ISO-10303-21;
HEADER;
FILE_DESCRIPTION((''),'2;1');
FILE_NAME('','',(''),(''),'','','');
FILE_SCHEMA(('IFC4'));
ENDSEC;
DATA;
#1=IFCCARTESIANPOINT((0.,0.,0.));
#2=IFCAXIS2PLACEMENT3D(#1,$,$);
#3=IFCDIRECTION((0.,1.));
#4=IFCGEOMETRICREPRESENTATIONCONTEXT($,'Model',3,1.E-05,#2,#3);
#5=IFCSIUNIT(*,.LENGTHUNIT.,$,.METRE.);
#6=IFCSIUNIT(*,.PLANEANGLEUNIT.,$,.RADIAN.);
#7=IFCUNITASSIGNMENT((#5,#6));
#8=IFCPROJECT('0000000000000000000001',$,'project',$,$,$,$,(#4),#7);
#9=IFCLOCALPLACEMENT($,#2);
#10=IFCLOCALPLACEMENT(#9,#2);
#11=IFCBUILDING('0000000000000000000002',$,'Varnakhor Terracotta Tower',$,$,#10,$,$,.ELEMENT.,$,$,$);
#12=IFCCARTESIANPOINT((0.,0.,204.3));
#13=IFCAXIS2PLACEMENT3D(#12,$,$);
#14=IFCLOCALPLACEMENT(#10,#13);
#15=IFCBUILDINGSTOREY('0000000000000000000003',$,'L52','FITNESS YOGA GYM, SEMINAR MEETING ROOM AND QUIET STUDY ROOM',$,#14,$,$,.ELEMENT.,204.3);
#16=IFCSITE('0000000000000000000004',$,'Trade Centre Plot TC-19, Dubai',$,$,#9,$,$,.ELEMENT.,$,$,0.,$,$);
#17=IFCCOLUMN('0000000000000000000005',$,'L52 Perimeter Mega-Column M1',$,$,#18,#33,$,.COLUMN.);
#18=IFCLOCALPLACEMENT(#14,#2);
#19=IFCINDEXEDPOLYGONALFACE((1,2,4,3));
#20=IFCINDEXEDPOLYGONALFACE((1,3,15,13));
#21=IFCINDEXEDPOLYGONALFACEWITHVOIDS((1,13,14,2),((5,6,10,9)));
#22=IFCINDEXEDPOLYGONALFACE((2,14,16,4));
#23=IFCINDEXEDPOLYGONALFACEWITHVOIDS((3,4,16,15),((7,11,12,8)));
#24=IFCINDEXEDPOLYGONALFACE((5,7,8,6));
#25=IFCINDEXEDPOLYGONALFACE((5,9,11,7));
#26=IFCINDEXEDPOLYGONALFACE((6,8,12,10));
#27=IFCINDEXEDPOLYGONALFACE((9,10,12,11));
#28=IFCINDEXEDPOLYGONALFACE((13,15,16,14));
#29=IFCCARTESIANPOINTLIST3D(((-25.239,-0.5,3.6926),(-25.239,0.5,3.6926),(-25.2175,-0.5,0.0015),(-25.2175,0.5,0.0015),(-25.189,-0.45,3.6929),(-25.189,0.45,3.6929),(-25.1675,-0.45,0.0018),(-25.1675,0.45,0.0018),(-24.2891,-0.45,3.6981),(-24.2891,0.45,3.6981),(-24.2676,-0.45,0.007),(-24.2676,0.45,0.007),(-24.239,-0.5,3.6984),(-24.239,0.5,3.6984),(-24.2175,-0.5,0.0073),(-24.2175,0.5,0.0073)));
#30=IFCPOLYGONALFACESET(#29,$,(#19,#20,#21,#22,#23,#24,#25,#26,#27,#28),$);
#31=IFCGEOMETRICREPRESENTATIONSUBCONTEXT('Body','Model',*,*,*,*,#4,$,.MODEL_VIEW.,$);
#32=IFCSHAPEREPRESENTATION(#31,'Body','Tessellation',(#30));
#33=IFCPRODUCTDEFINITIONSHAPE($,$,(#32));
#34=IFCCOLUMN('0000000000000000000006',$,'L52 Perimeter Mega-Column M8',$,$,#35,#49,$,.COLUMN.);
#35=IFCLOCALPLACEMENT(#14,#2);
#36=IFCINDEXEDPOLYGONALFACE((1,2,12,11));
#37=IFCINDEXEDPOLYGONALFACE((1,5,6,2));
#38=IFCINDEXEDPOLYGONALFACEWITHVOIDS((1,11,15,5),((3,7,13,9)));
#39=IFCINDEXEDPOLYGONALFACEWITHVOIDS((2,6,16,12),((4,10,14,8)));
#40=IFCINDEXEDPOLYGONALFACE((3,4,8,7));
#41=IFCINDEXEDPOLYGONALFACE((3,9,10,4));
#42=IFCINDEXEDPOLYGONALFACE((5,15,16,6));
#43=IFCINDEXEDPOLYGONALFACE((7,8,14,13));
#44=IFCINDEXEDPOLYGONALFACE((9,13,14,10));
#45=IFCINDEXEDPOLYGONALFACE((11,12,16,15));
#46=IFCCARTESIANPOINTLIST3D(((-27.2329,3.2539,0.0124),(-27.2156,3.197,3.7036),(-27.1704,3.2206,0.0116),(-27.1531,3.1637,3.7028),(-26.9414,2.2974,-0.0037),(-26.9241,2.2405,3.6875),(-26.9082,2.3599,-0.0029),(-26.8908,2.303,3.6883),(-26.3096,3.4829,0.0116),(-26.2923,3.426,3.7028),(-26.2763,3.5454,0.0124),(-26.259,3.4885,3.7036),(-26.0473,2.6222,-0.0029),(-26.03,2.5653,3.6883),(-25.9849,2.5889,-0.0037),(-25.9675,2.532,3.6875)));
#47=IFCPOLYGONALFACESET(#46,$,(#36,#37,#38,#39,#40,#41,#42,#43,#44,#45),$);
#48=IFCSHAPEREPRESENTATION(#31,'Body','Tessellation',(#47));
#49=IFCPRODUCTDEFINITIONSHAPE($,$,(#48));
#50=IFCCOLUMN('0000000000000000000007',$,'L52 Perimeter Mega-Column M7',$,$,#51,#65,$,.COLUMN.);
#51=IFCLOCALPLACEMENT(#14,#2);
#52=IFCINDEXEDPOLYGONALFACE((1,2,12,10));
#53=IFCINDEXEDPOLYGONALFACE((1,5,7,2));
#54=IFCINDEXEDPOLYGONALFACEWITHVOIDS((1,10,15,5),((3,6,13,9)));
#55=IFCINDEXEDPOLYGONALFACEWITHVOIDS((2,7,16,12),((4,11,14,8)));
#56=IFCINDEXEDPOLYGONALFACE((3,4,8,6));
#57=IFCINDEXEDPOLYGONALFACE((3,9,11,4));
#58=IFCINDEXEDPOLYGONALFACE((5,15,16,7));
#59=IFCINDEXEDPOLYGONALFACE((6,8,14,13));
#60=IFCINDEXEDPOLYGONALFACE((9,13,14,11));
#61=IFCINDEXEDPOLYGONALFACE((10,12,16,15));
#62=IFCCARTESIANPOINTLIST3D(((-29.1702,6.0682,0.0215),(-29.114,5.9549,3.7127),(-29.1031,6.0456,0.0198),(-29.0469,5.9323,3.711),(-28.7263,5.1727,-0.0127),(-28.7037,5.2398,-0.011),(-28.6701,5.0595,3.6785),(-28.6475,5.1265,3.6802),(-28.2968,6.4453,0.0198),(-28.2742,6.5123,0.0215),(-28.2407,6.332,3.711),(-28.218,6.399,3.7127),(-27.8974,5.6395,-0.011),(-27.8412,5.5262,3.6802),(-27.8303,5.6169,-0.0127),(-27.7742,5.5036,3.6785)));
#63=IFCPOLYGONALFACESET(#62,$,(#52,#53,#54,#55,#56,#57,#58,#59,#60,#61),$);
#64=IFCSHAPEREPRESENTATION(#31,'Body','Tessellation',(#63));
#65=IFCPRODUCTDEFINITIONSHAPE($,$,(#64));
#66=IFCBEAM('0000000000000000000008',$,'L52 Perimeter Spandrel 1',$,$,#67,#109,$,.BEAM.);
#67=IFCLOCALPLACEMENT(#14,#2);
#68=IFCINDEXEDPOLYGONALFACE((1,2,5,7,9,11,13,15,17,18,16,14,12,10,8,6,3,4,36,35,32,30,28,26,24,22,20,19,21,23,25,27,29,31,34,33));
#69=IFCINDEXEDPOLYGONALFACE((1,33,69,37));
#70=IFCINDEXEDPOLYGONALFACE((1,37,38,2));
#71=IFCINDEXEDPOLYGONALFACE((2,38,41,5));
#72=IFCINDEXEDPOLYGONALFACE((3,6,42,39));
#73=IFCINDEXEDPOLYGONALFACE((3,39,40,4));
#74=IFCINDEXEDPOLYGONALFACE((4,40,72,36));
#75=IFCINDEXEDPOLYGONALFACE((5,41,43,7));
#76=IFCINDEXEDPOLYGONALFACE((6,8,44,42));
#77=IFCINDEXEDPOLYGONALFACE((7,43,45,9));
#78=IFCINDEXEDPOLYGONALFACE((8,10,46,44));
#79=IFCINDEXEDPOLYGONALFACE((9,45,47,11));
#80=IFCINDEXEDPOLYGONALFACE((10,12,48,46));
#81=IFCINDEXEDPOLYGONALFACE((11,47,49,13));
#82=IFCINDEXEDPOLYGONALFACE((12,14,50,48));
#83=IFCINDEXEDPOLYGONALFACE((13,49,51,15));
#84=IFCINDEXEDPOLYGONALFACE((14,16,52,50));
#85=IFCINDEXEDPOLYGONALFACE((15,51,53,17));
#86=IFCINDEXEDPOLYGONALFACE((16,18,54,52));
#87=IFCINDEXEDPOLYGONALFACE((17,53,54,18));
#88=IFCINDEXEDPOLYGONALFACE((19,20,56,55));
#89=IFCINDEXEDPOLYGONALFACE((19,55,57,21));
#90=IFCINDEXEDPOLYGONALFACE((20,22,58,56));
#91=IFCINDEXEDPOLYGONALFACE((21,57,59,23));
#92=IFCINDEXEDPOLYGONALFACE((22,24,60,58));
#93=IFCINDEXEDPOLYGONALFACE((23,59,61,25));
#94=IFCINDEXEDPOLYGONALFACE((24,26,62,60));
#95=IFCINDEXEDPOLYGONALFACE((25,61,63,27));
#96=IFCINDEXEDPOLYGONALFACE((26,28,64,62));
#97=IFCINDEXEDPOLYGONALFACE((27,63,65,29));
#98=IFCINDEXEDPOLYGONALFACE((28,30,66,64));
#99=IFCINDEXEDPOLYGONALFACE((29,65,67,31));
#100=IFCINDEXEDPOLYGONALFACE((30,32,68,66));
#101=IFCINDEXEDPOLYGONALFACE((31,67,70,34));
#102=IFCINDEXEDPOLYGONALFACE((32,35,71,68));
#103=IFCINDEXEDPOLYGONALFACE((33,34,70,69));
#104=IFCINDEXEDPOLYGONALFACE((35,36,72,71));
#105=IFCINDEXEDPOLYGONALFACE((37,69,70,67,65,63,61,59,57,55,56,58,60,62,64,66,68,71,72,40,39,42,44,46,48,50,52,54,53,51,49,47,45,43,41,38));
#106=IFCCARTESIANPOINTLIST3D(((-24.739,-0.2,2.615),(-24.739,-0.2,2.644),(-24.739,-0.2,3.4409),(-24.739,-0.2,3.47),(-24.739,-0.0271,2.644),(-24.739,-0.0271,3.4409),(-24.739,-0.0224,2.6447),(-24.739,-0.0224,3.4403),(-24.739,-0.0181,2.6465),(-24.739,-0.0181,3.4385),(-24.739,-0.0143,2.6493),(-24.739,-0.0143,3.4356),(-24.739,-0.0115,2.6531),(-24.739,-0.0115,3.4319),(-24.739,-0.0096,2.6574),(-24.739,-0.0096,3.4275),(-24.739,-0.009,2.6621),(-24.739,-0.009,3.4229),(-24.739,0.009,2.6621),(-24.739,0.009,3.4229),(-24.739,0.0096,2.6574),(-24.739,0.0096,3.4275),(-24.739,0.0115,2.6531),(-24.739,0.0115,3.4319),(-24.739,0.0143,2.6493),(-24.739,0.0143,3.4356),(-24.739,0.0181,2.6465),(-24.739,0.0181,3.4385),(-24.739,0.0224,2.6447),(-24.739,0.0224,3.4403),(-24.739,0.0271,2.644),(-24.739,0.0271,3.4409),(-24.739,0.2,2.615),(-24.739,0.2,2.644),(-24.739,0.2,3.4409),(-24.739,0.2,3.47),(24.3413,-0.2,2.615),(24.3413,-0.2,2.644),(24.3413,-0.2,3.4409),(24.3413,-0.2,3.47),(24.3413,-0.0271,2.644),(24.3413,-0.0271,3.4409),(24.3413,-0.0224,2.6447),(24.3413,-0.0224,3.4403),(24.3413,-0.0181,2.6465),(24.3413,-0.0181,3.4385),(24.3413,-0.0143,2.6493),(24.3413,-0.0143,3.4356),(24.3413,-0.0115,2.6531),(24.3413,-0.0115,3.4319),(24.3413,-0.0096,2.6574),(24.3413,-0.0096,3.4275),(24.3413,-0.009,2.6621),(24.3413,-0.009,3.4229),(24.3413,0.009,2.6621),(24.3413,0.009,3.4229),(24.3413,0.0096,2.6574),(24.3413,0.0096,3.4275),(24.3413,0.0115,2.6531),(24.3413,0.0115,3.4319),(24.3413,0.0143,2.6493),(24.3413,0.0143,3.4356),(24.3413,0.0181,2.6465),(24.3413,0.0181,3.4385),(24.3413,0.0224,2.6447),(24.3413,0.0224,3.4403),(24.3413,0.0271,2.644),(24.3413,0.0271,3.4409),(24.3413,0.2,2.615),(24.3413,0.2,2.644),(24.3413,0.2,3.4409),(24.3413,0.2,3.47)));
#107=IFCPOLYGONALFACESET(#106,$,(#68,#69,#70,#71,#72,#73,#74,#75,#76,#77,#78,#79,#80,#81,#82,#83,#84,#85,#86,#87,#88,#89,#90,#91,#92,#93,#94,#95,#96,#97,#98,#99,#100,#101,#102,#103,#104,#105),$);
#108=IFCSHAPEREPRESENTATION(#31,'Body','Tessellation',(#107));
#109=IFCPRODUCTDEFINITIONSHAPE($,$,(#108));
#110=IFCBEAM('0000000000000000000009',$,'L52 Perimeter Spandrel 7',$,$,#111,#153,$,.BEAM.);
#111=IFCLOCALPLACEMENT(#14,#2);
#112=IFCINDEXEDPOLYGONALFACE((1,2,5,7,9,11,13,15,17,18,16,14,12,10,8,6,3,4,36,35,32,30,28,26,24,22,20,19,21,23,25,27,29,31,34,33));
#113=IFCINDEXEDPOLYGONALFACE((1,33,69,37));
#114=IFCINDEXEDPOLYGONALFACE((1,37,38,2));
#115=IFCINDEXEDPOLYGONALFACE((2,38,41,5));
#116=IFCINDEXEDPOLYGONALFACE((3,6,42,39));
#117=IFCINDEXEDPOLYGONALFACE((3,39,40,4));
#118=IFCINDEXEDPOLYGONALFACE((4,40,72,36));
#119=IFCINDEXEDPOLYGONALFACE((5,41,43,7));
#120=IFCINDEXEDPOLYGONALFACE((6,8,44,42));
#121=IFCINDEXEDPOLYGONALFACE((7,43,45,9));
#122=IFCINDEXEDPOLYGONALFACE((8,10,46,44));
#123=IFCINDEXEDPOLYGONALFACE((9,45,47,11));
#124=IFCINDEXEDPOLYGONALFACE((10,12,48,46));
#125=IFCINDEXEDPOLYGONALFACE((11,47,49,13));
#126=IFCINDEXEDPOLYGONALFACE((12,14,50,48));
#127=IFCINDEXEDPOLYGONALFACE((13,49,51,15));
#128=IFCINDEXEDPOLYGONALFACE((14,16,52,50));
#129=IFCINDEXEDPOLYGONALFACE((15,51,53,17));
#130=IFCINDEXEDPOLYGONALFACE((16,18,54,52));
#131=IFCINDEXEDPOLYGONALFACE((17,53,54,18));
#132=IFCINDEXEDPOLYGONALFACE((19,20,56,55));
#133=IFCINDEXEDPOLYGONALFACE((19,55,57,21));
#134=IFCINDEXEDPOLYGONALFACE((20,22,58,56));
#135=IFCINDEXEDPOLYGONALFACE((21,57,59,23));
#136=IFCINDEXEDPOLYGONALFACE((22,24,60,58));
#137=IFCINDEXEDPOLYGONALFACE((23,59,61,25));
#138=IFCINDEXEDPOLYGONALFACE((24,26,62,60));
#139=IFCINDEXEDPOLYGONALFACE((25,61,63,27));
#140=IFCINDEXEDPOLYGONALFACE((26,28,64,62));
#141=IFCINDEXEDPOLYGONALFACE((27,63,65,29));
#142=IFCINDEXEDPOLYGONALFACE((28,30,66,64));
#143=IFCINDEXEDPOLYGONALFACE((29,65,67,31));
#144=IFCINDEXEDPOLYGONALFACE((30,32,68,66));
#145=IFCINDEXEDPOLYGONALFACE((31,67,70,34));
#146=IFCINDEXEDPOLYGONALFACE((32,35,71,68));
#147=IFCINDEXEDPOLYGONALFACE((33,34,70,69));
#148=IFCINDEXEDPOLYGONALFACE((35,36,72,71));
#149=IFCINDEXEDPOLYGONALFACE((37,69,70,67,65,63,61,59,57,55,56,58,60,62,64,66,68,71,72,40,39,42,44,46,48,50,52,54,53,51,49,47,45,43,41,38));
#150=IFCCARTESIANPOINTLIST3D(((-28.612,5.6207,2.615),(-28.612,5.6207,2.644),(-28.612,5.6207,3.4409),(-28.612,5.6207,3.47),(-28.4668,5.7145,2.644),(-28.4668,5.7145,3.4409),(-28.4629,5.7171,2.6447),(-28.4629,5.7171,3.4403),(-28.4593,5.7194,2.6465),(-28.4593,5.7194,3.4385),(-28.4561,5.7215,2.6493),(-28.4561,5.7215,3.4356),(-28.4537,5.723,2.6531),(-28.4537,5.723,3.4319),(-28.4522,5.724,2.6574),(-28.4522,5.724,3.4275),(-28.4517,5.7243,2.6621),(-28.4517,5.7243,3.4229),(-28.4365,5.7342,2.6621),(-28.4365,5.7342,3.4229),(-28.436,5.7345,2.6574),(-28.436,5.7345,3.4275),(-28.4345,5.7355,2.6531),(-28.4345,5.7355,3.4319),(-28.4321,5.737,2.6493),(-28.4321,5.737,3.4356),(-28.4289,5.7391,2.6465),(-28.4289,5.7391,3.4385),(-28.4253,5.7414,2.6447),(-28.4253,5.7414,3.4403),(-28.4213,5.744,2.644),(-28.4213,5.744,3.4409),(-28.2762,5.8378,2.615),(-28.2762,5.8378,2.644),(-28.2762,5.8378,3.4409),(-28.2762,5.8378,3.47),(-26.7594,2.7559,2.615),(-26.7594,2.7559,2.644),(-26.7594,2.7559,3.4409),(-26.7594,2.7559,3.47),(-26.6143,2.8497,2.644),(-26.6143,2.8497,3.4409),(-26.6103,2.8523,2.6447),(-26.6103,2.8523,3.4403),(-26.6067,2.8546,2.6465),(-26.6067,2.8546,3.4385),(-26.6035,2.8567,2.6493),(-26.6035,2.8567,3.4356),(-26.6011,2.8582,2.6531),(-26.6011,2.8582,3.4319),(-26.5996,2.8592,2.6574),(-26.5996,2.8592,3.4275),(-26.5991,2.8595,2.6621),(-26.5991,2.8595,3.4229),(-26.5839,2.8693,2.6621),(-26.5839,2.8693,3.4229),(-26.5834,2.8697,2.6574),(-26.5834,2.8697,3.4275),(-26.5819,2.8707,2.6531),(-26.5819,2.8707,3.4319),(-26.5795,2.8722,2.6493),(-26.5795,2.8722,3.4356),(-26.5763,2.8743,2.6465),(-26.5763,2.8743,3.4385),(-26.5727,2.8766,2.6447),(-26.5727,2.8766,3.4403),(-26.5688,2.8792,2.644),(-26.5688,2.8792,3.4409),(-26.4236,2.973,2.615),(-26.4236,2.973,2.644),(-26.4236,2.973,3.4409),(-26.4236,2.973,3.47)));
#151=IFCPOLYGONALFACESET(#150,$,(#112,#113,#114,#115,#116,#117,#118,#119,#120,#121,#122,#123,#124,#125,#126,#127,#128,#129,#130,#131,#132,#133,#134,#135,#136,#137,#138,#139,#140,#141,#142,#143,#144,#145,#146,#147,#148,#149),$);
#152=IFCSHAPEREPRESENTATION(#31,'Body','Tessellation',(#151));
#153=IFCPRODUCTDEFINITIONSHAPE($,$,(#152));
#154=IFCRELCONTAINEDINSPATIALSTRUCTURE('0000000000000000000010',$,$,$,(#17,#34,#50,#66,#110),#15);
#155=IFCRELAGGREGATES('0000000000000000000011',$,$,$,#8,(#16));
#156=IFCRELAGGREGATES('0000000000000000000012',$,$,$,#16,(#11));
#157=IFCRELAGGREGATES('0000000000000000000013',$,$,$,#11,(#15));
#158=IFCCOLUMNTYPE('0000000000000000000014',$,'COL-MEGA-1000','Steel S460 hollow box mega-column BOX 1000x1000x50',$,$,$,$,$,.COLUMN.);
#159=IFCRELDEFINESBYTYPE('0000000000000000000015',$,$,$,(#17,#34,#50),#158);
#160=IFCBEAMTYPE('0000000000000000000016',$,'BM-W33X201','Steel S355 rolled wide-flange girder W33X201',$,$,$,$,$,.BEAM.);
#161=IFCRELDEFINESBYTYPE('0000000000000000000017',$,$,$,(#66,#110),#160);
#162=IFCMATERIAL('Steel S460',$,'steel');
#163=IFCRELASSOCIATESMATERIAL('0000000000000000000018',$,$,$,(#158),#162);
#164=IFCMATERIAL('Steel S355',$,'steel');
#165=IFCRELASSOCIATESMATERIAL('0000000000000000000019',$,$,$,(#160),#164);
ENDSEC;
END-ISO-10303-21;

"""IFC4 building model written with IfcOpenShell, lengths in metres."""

from ifc_helpers import new_model, si_unit, direction, frame, origin, origin_2d, place, context, subcontext, project, spatial, hollow_rectangle, i_section, extrude, source, transform, mapped, material, material_profile, profile_set, type_object, element, save


model = new_model("IFC4")

# Units and contexts
model_context = context("Model", 3, precision=1e-05, world=origin(), true_north=direction((0.0, 1.0)))
body_context = subcontext(model_context, "Body", "Model", "MODEL_VIEW")
ifc_project = project(units=[si_unit("LENGTHUNIT", "METRE"), si_unit("PLANEANGLEUNIT", "RADIAN")], contexts=[model_context])

# Site, building, storey
site_placement = place(None, origin())
site = spatial("IfcSite", under=ifc_project, at=site_placement, Name="Trade Centre Plot TC-19, Dubai", CompositionType="ELEMENT", RefElevation=0.0)
building_placement = place(site_placement, origin())
building = spatial("IfcBuilding", under=site, at=building_placement, Name="Varnakhor Terracotta Tower", CompositionType="ELEMENT")
storey_placement = place(building_placement, frame((0.0, 0.0, 204.3)))
storey = spatial("IfcBuildingStorey", under=building, at=storey_placement, Name="L52", Description="FITNESS YOGA GYM, SEMINAR MEETING ROOM AND QUIET STUDY ROOM", CompositionType="ELEMENT", Elevation=204.3)

# Columns
ifc_material_1 = material(Name="Steel S460", Category="steel")
ifc_material_profile_1 = material_profile(ifc_material_1, hollow_rectangle(XDim=1.0, YDim=1.0, WallThickness=0.05, at=origin_2d()), Name="BOX 1000x1000x50")
ifc_profile_set_1 = profile_set([ifc_material_profile_1], Name="Steel S460")
column_type = type_object("IfcColumnType", Name="COL-MEGA-1000", Description="Steel S460 hollow box mega-column BOX 1000x1000x50", PredefinedType="COLUMN", material=ifc_profile_set_1)
shared_shape_1 = source(origin(), body_context, "Body", "SweptSolid", [
    extrude(hollow_rectangle(XDim=1.0, YDim=1.0, WallThickness=0.05, at=origin_2d()), origin(), (0.0, 0.0, 1.0), 3.6912),
])
column_1_placement = place(storey_placement, frame((-24.7175, 0.0, 0.0044), z_axis=(-0.00582, 0.0, 0.999983), x_axis=(0.0, -1.0, 0.0)))
element("IfcColumn", 1, at=column_1_placement, inside=storey, type_object=column_type, Name="L52 Perimeter Mega-Column M1", PredefinedType="COLUMN", context=body_context, shape_type="MappedRepresentation", body=[
    mapped(shared_shape_1, transform((0.0, 0.0, 0.0), scale=1.0)),
])
shared_shape_2 = source(origin(), body_context, "Body", "SweptSolid", [
    extrude(hollow_rectangle(XDim=1.0, YDim=1.0, WallThickness=0.05, at=origin_2d()), origin(), (0.0, 0.0, 1.0), 3.6917),
])
column_2_placement = place(storey_placement, frame((-26.6089, 2.9214, 0.0044), z_axis=(0.004695, -0.015409, 0.99987), x_axis=(0.956574, 0.291488, 0.0)))
element("IfcColumn", 2, at=column_2_placement, inside=storey, type_object=column_type, Name="L52 Perimeter Mega-Column M8", PredefinedType="COLUMN", context=body_context, shape_type="MappedRepresentation", body=[
    mapped(shared_shape_2, transform((0.0, 0.0, 0.0), scale=1.0)),
])
shared_shape_3 = source(origin(), body_context, "Body", "SweptSolid", [
    extrude(hollow_rectangle(XDim=1.0, YDim=1.0, WallThickness=0.05, at=origin_2d()), origin(), (0.0, 0.0, 1.0), 3.6934),
])
column_3_placement = place(storey_placement, frame((-28.5002, 5.8425, 0.0044), z_axis=(0.015204, -0.030672, 0.999414), x_axis=(0.895967, 0.444121, 0.0)))
element("IfcColumn", 3, at=column_3_placement, inside=storey, type_object=column_type, Name="L52 Perimeter Mega-Column M7", PredefinedType="COLUMN", context=body_context, shape_type="MappedRepresentation", body=[
    mapped(shared_shape_3, transform((0.0, 0.0, 0.0), scale=1.0)),
])

# Beams
ifc_material_2 = material(Name="Steel S355", Category="steel")
ifc_material_profile_2 = material_profile(ifc_material_2, i_section(OverallWidth=0.3999, OverallDepth=0.855, WebThickness=0.0181, FlangeThickness=0.0291, FilletRadius=0.0181, at=origin_2d()), Name="W33X201")
ifc_profile_set_2 = profile_set([ifc_material_profile_2], Name="Steel S355")
beam_type_1 = type_object("IfcBeamType", Name="BM-W33X201", Description="Steel S355 rolled wide-flange girder W33X201", PredefinedType="BEAM", material=ifc_profile_set_2)
shared_shape_4 = source(origin(), body_context, "Body", "SweptSolid", [
    extrude(i_section(OverallWidth=0.3999, OverallDepth=0.855, WebThickness=0.0181, FlangeThickness=0.0291, FilletRadius=0.0181, at=origin_2d()), origin(), (0.0, 0.0, 1.0), 49.0803),
])
beam_1_placement = place(storey_placement, frame((-24.739, 0.0, 3.0425), z_axis=(1.0, 0.0, 0.0), x_axis=(0.0, 1.0, 0.0)))
element("IfcBeam", 4, at=beam_1_placement, inside=storey, type_object=beam_type_1, Name="L52 Perimeter Spandrel 1", PredefinedType="BEAM", context=body_context, shape_type="MappedRepresentation", body=[
    mapped(shared_shape_4, transform((0.0, 0.0, 0.0), scale=1.0)),
])
shared_shape_5 = source(origin(), body_context, "Body", "SweptSolid", [
    extrude(i_section(OverallWidth=0.3999, OverallDepth=0.855, WebThickness=0.0181, FlangeThickness=0.0291, FilletRadius=0.0181, at=origin_2d()), origin(), (0.0, 0.0, 1.0), 3.4116),
])
beam_2_placement = place(storey_placement, frame((-28.4441, 5.7292, 3.0425), z_axis=(0.54302, -0.83972, 0.0), x_axis=(0.83972, 0.54302, 0.0)))
element("IfcBeam", 5, at=beam_2_placement, inside=storey, type_object=beam_type_1, Name="L52 Perimeter Spandrel 7", PredefinedType="BEAM", context=body_context, shape_type="MappedRepresentation", body=[
    mapped(shared_shape_5, transform((0.0, 0.0, 0.0), scale=1.0)),
])

save(model, "model.ifc")
